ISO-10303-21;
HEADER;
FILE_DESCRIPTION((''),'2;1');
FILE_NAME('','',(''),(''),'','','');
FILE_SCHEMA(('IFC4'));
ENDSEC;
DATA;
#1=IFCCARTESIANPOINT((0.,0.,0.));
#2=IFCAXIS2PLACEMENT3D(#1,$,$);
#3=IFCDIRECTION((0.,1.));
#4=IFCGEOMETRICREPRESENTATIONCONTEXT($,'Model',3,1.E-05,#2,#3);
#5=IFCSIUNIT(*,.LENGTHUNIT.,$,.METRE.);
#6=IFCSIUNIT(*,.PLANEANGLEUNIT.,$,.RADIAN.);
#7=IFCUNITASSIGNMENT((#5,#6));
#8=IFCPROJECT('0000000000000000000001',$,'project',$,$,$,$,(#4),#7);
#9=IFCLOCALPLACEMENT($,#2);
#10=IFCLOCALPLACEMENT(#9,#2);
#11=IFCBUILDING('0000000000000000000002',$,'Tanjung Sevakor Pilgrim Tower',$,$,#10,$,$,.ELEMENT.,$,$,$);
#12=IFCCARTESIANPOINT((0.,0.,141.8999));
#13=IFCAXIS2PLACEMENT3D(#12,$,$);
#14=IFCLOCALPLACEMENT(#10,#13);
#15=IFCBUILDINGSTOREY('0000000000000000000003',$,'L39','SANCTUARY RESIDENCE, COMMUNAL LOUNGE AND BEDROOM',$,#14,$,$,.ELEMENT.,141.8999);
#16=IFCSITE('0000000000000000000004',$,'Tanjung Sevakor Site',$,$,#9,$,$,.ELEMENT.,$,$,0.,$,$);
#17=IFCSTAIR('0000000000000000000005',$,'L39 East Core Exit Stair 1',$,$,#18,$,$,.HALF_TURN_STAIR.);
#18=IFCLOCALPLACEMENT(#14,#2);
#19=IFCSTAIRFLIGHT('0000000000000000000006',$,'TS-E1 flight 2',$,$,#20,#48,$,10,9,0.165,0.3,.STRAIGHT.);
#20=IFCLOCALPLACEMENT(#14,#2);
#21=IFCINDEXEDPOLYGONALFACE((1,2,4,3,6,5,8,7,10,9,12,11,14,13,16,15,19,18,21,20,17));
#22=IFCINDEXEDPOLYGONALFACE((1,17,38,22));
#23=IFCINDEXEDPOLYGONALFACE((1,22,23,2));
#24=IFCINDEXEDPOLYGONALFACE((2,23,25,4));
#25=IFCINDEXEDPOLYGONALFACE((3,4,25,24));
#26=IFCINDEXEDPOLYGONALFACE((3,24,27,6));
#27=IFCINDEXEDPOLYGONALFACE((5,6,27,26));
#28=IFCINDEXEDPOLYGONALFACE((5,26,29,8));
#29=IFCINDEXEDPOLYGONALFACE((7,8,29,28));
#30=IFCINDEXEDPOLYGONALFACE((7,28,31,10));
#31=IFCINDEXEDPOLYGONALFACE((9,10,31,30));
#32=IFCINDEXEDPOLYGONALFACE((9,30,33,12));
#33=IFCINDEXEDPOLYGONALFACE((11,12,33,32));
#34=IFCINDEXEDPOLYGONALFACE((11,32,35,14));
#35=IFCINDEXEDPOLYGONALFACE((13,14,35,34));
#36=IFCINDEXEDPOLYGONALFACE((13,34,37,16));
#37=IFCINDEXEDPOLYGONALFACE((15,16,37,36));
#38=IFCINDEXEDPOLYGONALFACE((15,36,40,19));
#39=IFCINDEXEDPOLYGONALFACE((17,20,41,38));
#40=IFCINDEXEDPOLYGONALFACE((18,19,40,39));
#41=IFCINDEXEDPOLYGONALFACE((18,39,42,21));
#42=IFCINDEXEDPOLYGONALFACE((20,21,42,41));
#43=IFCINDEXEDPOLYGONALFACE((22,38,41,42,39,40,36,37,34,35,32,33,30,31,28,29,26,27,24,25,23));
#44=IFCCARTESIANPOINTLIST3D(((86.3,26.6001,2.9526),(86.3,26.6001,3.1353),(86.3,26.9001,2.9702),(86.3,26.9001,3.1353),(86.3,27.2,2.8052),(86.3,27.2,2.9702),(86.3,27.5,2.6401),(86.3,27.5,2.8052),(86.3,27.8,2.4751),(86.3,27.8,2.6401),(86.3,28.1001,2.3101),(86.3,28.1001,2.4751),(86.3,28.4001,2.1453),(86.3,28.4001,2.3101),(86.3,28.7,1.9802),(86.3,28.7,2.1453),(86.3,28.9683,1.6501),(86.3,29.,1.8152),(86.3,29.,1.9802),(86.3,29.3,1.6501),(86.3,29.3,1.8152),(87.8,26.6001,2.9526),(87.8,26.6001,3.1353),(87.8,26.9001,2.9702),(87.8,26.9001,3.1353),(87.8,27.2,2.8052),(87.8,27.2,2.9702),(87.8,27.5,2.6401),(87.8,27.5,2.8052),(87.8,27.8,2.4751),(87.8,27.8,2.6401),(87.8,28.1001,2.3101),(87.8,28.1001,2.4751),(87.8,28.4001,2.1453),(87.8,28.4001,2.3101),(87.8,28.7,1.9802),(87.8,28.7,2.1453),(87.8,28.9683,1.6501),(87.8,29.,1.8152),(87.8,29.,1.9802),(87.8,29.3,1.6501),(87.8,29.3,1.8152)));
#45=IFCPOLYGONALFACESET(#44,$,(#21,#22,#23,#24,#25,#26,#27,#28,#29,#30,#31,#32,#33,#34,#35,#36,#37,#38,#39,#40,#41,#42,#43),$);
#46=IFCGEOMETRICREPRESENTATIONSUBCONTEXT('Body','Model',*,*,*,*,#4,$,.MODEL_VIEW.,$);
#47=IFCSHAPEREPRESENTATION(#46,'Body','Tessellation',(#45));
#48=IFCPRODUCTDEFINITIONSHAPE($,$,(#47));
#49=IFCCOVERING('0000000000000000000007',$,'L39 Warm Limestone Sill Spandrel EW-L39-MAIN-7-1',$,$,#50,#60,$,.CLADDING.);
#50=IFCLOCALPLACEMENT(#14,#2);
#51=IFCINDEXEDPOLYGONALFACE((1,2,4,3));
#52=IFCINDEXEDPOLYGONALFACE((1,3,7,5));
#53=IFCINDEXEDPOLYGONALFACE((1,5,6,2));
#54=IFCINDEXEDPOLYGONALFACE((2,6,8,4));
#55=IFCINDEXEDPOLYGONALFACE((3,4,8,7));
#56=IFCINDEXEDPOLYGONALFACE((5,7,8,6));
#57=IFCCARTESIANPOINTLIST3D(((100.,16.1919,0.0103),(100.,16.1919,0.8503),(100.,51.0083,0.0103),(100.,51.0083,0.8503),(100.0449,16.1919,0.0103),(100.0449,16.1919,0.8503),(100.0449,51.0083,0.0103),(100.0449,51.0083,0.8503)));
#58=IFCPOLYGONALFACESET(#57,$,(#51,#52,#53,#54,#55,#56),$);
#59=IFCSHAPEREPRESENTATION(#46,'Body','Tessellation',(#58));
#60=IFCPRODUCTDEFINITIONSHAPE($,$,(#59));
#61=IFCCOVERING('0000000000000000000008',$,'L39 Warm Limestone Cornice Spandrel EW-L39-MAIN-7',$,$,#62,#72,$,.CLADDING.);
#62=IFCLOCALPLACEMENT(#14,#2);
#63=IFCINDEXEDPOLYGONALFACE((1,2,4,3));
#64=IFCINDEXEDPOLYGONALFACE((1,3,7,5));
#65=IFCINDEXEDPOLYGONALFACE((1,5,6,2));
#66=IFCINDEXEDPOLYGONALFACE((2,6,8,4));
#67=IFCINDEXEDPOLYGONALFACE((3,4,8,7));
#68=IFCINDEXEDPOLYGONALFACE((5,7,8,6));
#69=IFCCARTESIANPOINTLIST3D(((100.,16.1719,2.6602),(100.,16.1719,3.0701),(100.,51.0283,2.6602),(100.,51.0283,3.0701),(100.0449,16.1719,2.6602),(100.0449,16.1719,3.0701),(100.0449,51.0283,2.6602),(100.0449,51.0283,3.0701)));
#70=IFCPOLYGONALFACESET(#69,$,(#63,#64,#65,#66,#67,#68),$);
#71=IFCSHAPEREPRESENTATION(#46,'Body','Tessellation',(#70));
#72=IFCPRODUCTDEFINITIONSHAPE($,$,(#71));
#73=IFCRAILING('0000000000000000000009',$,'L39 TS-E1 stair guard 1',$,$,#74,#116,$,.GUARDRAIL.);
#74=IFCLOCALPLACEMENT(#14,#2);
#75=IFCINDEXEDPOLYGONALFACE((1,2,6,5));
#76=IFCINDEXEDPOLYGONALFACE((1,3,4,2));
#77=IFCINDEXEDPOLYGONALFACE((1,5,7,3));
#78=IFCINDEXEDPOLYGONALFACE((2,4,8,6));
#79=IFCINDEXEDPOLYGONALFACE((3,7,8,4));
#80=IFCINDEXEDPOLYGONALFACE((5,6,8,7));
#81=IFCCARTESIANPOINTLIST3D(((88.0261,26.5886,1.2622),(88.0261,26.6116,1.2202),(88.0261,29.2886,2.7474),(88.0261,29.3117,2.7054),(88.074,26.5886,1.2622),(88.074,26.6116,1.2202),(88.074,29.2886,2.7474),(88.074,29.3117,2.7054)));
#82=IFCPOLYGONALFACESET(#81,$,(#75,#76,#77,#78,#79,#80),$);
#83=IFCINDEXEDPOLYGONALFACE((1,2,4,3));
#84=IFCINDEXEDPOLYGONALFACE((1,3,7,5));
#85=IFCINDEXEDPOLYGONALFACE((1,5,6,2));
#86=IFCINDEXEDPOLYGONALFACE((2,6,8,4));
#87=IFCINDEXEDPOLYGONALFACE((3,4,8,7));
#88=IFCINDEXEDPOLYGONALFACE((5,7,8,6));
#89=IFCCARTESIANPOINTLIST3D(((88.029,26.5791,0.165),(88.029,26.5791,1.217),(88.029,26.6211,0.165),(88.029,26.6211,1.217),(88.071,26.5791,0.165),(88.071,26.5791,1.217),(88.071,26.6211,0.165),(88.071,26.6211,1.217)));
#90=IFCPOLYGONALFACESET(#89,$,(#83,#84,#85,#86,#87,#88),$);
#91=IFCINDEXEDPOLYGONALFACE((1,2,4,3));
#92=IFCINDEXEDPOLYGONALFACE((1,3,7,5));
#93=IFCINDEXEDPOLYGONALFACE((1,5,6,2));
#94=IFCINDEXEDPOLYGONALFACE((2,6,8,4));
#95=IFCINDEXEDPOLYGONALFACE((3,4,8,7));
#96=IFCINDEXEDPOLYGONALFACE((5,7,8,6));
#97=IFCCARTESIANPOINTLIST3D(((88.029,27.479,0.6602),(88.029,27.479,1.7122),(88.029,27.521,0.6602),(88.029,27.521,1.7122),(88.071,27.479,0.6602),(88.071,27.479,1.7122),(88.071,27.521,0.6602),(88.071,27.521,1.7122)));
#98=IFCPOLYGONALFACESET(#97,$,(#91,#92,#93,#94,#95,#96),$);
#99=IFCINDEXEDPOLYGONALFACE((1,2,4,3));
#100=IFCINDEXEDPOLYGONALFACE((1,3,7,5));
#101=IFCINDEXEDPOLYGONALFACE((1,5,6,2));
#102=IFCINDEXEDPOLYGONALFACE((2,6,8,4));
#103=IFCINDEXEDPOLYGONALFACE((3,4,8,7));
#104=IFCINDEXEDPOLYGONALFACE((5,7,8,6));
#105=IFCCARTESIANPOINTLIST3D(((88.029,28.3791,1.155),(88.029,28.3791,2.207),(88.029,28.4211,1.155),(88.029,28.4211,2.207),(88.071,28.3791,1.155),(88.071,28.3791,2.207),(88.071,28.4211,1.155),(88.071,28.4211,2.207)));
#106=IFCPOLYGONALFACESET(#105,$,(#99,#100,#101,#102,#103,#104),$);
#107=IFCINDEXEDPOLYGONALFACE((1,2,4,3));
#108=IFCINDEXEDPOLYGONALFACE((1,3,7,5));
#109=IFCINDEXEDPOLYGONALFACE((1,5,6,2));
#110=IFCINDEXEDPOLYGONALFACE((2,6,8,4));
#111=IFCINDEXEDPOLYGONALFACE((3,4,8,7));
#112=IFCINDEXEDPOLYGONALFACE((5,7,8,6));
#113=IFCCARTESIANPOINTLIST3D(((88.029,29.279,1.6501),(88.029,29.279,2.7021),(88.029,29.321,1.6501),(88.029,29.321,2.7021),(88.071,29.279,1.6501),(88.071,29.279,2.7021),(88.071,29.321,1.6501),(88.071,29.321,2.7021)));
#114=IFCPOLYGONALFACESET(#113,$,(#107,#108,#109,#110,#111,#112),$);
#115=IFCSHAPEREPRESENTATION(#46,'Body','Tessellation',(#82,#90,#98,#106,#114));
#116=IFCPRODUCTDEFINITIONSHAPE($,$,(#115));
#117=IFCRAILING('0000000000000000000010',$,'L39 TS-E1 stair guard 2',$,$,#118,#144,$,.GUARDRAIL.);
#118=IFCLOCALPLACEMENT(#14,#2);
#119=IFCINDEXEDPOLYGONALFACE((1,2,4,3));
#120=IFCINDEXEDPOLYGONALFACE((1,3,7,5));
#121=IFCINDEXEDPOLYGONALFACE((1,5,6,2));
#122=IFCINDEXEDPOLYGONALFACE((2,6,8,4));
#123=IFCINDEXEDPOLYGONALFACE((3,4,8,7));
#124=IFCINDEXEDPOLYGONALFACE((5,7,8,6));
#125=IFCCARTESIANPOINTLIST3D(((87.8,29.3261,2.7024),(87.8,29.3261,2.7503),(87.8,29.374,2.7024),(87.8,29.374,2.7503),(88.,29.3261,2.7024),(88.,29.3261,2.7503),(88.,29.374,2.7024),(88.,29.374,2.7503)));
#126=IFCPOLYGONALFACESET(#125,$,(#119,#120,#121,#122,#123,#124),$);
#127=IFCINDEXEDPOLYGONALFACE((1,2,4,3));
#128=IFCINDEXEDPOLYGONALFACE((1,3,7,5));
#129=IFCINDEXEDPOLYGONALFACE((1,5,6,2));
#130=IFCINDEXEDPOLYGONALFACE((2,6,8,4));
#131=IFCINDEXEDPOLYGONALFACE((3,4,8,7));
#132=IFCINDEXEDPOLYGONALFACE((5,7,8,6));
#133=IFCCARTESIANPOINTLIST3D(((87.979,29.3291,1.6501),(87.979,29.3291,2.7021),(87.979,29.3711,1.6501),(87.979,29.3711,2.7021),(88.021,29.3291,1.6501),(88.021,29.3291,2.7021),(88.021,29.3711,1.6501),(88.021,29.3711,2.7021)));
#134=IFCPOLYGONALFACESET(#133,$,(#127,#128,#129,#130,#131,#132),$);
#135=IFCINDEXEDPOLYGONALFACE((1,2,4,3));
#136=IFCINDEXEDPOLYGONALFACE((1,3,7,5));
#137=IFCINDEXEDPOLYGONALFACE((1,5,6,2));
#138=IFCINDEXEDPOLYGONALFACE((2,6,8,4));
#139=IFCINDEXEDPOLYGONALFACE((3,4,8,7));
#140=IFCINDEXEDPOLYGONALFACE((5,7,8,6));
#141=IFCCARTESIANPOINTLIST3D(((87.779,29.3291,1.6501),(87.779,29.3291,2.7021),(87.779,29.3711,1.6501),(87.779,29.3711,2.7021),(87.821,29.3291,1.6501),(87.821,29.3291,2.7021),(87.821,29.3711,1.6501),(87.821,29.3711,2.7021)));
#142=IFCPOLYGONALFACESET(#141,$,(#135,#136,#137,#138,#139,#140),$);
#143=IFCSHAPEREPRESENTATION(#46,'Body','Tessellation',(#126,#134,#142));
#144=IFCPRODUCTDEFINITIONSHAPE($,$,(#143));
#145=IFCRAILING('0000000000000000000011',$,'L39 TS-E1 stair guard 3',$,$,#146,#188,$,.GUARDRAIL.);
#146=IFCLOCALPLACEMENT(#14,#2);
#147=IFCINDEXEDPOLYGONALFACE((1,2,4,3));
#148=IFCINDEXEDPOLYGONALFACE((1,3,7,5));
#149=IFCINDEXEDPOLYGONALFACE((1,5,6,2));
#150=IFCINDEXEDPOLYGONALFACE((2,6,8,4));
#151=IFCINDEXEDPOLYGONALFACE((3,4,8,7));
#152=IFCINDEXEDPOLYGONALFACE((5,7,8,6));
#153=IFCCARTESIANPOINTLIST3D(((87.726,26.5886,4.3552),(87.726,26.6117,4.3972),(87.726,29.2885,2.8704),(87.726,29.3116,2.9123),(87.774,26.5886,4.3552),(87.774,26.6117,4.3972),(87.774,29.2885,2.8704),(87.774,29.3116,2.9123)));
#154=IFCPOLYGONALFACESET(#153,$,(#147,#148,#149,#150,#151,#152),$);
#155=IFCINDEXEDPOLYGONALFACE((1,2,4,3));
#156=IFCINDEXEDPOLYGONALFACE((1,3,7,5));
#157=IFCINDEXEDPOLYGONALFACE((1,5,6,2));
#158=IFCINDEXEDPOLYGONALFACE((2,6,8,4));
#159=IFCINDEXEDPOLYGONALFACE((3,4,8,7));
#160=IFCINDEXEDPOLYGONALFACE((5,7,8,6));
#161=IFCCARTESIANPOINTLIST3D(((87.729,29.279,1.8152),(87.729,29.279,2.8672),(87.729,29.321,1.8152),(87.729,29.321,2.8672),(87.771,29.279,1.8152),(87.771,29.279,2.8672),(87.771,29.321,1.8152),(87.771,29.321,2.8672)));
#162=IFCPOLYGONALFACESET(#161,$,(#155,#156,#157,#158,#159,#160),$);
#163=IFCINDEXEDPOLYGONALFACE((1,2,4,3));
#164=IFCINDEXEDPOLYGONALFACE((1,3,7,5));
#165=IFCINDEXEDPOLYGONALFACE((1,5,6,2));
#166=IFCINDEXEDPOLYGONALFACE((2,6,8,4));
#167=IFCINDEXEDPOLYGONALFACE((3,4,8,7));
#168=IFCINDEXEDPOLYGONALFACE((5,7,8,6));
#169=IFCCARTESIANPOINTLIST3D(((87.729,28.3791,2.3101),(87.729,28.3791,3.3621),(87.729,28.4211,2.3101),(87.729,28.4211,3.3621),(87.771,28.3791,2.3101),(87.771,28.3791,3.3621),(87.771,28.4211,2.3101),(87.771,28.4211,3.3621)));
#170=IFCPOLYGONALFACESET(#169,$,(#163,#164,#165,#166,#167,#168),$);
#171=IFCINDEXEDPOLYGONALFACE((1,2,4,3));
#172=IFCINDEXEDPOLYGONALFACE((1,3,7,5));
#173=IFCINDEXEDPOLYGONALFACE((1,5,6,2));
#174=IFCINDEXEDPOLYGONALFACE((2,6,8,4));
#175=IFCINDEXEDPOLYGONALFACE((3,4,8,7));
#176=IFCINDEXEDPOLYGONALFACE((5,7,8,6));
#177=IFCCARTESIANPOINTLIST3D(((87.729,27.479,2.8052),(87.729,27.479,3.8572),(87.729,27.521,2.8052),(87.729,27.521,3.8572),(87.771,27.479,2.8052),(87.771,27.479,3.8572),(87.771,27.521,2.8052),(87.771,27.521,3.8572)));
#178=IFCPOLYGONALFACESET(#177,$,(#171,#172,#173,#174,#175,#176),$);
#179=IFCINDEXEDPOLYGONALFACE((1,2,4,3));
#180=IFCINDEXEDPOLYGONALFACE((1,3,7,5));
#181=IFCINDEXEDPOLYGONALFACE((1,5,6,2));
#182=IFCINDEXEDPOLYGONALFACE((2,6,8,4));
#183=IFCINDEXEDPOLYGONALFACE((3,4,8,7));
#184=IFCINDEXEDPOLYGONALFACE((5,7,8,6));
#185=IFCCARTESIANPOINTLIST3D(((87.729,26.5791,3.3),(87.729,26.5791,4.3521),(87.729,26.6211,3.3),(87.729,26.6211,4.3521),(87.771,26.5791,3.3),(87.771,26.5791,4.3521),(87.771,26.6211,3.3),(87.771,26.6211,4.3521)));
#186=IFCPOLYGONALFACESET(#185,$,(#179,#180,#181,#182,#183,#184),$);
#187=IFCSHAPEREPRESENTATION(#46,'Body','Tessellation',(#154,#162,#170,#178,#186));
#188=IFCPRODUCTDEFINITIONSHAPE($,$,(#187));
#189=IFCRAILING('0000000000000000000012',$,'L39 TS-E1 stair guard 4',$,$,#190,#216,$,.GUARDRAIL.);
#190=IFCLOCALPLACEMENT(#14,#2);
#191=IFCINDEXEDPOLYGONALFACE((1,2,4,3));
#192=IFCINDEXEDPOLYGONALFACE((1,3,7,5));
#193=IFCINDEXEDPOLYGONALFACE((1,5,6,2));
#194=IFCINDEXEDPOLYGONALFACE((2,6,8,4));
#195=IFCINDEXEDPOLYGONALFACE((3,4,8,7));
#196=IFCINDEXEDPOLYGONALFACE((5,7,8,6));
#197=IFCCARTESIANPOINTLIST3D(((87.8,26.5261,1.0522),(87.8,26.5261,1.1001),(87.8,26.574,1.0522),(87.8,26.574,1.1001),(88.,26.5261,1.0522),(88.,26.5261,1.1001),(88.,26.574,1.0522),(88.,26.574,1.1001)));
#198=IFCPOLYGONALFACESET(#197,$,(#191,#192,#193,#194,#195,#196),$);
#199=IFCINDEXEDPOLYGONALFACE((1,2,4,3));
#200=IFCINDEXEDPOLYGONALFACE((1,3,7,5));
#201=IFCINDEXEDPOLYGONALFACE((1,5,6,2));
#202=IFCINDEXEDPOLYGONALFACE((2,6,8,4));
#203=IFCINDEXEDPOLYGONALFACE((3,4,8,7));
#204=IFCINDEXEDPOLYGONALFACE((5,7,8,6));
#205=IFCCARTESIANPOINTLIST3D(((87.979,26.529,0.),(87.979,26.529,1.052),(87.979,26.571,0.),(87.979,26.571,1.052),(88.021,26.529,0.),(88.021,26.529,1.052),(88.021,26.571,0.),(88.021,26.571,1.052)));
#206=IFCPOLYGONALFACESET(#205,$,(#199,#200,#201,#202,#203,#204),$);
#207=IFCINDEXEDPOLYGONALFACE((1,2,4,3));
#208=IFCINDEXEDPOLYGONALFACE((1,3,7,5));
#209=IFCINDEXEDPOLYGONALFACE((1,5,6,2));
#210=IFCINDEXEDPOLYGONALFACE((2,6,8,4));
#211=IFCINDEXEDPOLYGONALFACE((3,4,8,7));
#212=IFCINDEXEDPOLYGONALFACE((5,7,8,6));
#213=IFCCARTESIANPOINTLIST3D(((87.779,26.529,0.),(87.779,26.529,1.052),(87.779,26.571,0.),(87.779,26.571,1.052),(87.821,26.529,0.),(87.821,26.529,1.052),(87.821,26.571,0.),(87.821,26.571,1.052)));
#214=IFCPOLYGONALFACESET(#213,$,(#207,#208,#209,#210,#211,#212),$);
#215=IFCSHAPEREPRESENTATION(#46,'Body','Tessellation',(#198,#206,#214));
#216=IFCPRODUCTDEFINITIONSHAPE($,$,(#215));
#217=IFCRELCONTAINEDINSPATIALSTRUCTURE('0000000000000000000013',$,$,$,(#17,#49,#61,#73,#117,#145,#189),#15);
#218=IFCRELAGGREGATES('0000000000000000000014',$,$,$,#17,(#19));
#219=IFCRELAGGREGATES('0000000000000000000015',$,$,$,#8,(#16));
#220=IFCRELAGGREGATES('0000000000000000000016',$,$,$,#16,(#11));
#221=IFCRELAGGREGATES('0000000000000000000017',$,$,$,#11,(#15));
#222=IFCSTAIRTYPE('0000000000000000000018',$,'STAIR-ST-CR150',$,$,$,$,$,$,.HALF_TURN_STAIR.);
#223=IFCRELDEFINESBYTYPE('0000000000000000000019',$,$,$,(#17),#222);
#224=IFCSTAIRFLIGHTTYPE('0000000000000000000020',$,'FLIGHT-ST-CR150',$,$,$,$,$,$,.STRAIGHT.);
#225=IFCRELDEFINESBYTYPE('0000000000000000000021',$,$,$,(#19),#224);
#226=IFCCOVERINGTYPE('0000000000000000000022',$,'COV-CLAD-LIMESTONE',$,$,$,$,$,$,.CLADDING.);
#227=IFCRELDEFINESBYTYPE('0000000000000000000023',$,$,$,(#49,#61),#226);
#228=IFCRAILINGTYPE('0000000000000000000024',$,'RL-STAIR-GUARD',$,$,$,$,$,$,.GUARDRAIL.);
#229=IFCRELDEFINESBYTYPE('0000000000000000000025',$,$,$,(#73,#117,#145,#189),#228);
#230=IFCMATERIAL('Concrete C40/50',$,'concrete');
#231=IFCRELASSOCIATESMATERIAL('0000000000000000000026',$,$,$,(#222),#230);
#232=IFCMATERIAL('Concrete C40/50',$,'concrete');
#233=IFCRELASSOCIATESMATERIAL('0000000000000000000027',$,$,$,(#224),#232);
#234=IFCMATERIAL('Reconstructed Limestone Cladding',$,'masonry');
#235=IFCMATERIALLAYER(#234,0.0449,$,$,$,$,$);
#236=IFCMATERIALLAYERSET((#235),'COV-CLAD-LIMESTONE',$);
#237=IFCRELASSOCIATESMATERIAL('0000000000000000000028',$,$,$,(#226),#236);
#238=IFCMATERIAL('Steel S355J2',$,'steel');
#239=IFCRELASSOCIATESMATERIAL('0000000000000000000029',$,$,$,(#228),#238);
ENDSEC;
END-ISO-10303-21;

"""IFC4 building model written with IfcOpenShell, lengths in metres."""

from ifc_helpers import new_model, si_unit, direction, frame, origin, origin_2d, place, context, subcontext, project, spatial, polyline, rectangle, outline, extrude, material, layer, layer_set, type_object, element, aggregate, save


model = new_model("IFC4")

# Units and contexts
model_context = context("Model", 3, precision=1e-05, world=origin(), true_north=direction((0.0, 1.0)))
body_context = subcontext(model_context, "Body", "Model", "MODEL_VIEW")
ifc_project = project(units=[si_unit("LENGTHUNIT", "METRE"), si_unit("PLANEANGLEUNIT", "RADIAN")], contexts=[model_context])

# Site, building, storey
site_placement = place(None, origin())
site = spatial("IfcSite", under=ifc_project, at=site_placement, Name="Tanjung Sevakor Site", CompositionType="ELEMENT", RefElevation=0.0)
building_placement = place(site_placement, origin())
building = spatial("IfcBuilding", under=site, at=building_placement, Name="Tanjung Sevakor Pilgrim Tower", CompositionType="ELEMENT")
storey_placement = place(building_placement, frame((0.0, 0.0, 141.8999)))
storey = spatial("IfcBuildingStorey", under=building, at=storey_placement, Name="L39", Description="SANCTUARY RESIDENCE, COMMUNAL LOUNGE AND BEDROOM", CompositionType="ELEMENT", Elevation=141.8999)

# Stair, stair flight
ifc_material_1 = material(Name="Concrete C40/50", Category="concrete")
stair_type = type_object("IfcStairType", Name="STAIR-ST-CR150", PredefinedType="HALF_TURN_STAIR", material=ifc_material_1)
stair_placement = place(storey_placement, origin())
stair = element("IfcStair", 1, at=stair_placement, inside=storey, type_object=stair_type, Name="L39 East Core Exit Stair 1", PredefinedType="HALF_TURN_STAIR")
ifc_material_2 = material(Name="Concrete C40/50", Category="concrete")
stair_flight_type = type_object("IfcStairFlightType", Name="FLIGHT-ST-CR150", PredefinedType="STRAIGHT", material=ifc_material_2)
stair_flight_1_placement = place(storey_placement, frame((87.05, 29.3, 1.6501), z_axis=(0.0, 0.0, 1.0), x_axis=(0.0, -1.0, 0.0)))
stair_flight_1 = element("IfcStairFlight", 2, at=stair_flight_1_placement, type_object=stair_flight_type, Name="TS-E1 flight 2", NumberOfRisers=10, NumberOfTreads=9, PredefinedType="STRAIGHT", RiserHeight=0.165, TreadLength=0.3, context=body_context, shape_type="SweptSolid", body=[
    extrude(outline(polyline([(0.0, 0.0), (0.0, 0.165), (0.3, 0.165), (0.3, 0.3301), (0.6001, 0.3301), (0.6001, 0.4951), (0.8999, 0.4951), (0.8999, 0.6599), (1.2, 0.6599), (1.2, 0.825), (1.5, 0.825), (1.5, 0.99), (1.8, 0.99), (1.8, 1.155), (2.1001, 1.155), (2.1001, 1.3201), (2.3999, 1.3201), (2.3999, 1.4851), (2.7, 1.4851), (2.7, 1.6499), (2.7, 1.3025), (0.3318, 0.0), (0.0, 0.0)])), frame((0.0, 0.75, 0.0), z_axis=(0.0, -1.0, 0.0), x_axis=(1.0, 0.0, 0.0)), (0.0, 0.0, 1.0), 1.5),
])
aggregate(stair, [stair_flight_1])

# Coverings
ifc_material_3 = material(Name="Reconstructed Limestone Cladding", Category="masonry")
ifc_layer_1 = layer(ifc_material_3, 0.0449)
ifc_layer_set_1 = layer_set([ifc_layer_1], Name="COV-CLAD-LIMESTONE")
covering_type = type_object("IfcCoveringType", Name="COV-CLAD-LIMESTONE", PredefinedType="CLADDING", material=ifc_layer_set_1)
covering_1_placement = place(storey_placement, frame((100.0225, 33.6001, 0.0103), z_axis=(0.0, 0.0, 1.0), x_axis=(0.0, 1.0, 0.0)))
element("IfcCovering", 3, at=covering_1_placement, inside=storey, type_object=covering_type, Name="L39 Warm Limestone Sill Spandrel EW-L39-MAIN-7-1", PredefinedType="CLADDING", context=body_context, shape_type="SweptSolid", body=[
    extrude(rectangle(XDim=34.8164, YDim=0.0449, at=origin_2d()), origin(), (0.0, 0.0, 1.0), 0.8401),
])
covering_2_placement = place(storey_placement, frame((100.0225, 33.6001, 2.6602), z_axis=(0.0, 0.0, 1.0), x_axis=(0.0, 1.0, 0.0)))
element("IfcCovering", 4, at=covering_2_placement, inside=storey, type_object=covering_type, Name="L39 Warm Limestone Cornice Spandrel EW-L39-MAIN-7", PredefinedType="CLADDING", context=body_context, shape_type="SweptSolid", body=[
    extrude(rectangle(XDim=34.8564, YDim=0.0449, at=origin_2d()), origin(), (0.0, 0.0, 1.0), 0.4099),
])

# Railings
ifc_material_4 = material(Name="Steel S355J2", Category="steel")
railing_type_1 = type_object("IfcRailingType", Name="RL-STAIR-GUARD", PredefinedType="GUARDRAIL", material=ifc_material_4)
railing_1_placement = place(storey_placement, frame((88.05, 26.6001, 0.165)))
element("IfcRailing", 5, at=railing_1_placement, inside=storey, type_object=railing_type_1, Name="L39 TS-E1 stair guard 1", PredefinedType="GUARDRAIL", context=body_context, shape_type="SweptSolid", body=[
    extrude(rectangle(XDim=0.0479, YDim=0.0479), frame((0.0, 0.0, 1.0762), z_axis=(0.0, 0.876198, 0.481952), x_axis=(-1.0, 0.0, 0.0)), (0.0, 0.0, 1.0), 3.0815),
    extrude(rectangle(XDim=0.042, YDim=0.042), origin(), (0.0, 0.0, 1.0), 1.052),
    extrude(rectangle(XDim=0.042, YDim=0.042), frame((0.0, 0.8999, 0.4951)), (0.0, 0.0, 1.0), 1.052),
    extrude(rectangle(XDim=0.042, YDim=0.042), frame((0.0, 1.8, 0.99)), (0.0, 0.0, 1.0), 1.052),
    extrude(rectangle(XDim=0.042, YDim=0.042), frame((0.0, 2.7, 1.4851)), (0.0, 0.0, 1.0), 1.052),
])
railing_2_placement = place(storey_placement, frame((88.0, 29.3501, 1.6501)))
element("IfcRailing", 6, at=railing_2_placement, inside=storey, type_object=railing_type_1, Name="L39 TS-E1 stair guard 2", PredefinedType="GUARDRAIL", context=body_context, shape_type="SweptSolid", body=[
    extrude(rectangle(XDim=0.0479, YDim=0.0479), frame((0.0, 0.0, 1.0762), z_axis=(-1.0, 0.0, 0.0), x_axis=(0.0, -1.0, 0.0)), (0.0, 0.0, 1.0), 0.2),
    extrude(rectangle(XDim=0.042, YDim=0.042), origin(), (0.0, 0.0, 1.0), 1.052),
    extrude(rectangle(XDim=0.042, YDim=0.042), frame((-0.2, 0.0, 0.0)), (0.0, 0.0, 1.0), 1.052),
])
railing_3_placement = place(storey_placement, frame((87.75, 29.3, 1.8152)))
element("IfcRailing", 7, at=railing_3_placement, inside=storey, type_object=railing_type_1, Name="L39 TS-E1 stair guard 3", PredefinedType="GUARDRAIL", context=body_context, shape_type="SweptSolid", body=[
    extrude(rectangle(XDim=0.0479, YDim=0.0479), frame((0.0, 0.0, 1.0762), z_axis=(0.0, -0.876231, 0.481891), x_axis=(1.0, 0.0, 0.0)), (0.0, 0.0, 1.0), 3.0813),
    extrude(rectangle(XDim=0.042, YDim=0.042), origin(), (0.0, 0.0, 1.0), 1.052),
    extrude(rectangle(XDim=0.042, YDim=0.042), frame((0.0, -0.8999, 0.4949)), (0.0, 0.0, 1.0), 1.052),
    extrude(rectangle(XDim=0.042, YDim=0.042), frame((0.0, -1.8, 0.99)), (0.0, 0.0, 1.0), 1.052),
    extrude(rectangle(XDim=0.042, YDim=0.042), frame((0.0, -2.7, 1.4849)), (0.0, 0.0, 1.0), 1.052),
])
railing_4_placement = place(storey_placement, frame((88.0, 26.55, 0.0)))
element("IfcRailing", 8, at=railing_4_placement, inside=storey, type_object=railing_type_1, Name="L39 TS-E1 stair guard 4", PredefinedType="GUARDRAIL", context=body_context, shape_type="SweptSolid", body=[
    extrude(rectangle(XDim=0.0479, YDim=0.0479), frame((0.0, 0.0, 1.0762), z_axis=(-1.0, 0.0, 0.0), x_axis=(0.0, -1.0, 0.0)), (0.0, 0.0, 1.0), 0.2),
    extrude(rectangle(XDim=0.042, YDim=0.042), origin(), (0.0, 0.0, 1.0), 1.052),
    extrude(rectangle(XDim=0.042, YDim=0.042), frame((-0.2, 0.0, 0.0)), (0.0, 0.0, 1.0), 1.052),
])

save(model, "model.ifc")
